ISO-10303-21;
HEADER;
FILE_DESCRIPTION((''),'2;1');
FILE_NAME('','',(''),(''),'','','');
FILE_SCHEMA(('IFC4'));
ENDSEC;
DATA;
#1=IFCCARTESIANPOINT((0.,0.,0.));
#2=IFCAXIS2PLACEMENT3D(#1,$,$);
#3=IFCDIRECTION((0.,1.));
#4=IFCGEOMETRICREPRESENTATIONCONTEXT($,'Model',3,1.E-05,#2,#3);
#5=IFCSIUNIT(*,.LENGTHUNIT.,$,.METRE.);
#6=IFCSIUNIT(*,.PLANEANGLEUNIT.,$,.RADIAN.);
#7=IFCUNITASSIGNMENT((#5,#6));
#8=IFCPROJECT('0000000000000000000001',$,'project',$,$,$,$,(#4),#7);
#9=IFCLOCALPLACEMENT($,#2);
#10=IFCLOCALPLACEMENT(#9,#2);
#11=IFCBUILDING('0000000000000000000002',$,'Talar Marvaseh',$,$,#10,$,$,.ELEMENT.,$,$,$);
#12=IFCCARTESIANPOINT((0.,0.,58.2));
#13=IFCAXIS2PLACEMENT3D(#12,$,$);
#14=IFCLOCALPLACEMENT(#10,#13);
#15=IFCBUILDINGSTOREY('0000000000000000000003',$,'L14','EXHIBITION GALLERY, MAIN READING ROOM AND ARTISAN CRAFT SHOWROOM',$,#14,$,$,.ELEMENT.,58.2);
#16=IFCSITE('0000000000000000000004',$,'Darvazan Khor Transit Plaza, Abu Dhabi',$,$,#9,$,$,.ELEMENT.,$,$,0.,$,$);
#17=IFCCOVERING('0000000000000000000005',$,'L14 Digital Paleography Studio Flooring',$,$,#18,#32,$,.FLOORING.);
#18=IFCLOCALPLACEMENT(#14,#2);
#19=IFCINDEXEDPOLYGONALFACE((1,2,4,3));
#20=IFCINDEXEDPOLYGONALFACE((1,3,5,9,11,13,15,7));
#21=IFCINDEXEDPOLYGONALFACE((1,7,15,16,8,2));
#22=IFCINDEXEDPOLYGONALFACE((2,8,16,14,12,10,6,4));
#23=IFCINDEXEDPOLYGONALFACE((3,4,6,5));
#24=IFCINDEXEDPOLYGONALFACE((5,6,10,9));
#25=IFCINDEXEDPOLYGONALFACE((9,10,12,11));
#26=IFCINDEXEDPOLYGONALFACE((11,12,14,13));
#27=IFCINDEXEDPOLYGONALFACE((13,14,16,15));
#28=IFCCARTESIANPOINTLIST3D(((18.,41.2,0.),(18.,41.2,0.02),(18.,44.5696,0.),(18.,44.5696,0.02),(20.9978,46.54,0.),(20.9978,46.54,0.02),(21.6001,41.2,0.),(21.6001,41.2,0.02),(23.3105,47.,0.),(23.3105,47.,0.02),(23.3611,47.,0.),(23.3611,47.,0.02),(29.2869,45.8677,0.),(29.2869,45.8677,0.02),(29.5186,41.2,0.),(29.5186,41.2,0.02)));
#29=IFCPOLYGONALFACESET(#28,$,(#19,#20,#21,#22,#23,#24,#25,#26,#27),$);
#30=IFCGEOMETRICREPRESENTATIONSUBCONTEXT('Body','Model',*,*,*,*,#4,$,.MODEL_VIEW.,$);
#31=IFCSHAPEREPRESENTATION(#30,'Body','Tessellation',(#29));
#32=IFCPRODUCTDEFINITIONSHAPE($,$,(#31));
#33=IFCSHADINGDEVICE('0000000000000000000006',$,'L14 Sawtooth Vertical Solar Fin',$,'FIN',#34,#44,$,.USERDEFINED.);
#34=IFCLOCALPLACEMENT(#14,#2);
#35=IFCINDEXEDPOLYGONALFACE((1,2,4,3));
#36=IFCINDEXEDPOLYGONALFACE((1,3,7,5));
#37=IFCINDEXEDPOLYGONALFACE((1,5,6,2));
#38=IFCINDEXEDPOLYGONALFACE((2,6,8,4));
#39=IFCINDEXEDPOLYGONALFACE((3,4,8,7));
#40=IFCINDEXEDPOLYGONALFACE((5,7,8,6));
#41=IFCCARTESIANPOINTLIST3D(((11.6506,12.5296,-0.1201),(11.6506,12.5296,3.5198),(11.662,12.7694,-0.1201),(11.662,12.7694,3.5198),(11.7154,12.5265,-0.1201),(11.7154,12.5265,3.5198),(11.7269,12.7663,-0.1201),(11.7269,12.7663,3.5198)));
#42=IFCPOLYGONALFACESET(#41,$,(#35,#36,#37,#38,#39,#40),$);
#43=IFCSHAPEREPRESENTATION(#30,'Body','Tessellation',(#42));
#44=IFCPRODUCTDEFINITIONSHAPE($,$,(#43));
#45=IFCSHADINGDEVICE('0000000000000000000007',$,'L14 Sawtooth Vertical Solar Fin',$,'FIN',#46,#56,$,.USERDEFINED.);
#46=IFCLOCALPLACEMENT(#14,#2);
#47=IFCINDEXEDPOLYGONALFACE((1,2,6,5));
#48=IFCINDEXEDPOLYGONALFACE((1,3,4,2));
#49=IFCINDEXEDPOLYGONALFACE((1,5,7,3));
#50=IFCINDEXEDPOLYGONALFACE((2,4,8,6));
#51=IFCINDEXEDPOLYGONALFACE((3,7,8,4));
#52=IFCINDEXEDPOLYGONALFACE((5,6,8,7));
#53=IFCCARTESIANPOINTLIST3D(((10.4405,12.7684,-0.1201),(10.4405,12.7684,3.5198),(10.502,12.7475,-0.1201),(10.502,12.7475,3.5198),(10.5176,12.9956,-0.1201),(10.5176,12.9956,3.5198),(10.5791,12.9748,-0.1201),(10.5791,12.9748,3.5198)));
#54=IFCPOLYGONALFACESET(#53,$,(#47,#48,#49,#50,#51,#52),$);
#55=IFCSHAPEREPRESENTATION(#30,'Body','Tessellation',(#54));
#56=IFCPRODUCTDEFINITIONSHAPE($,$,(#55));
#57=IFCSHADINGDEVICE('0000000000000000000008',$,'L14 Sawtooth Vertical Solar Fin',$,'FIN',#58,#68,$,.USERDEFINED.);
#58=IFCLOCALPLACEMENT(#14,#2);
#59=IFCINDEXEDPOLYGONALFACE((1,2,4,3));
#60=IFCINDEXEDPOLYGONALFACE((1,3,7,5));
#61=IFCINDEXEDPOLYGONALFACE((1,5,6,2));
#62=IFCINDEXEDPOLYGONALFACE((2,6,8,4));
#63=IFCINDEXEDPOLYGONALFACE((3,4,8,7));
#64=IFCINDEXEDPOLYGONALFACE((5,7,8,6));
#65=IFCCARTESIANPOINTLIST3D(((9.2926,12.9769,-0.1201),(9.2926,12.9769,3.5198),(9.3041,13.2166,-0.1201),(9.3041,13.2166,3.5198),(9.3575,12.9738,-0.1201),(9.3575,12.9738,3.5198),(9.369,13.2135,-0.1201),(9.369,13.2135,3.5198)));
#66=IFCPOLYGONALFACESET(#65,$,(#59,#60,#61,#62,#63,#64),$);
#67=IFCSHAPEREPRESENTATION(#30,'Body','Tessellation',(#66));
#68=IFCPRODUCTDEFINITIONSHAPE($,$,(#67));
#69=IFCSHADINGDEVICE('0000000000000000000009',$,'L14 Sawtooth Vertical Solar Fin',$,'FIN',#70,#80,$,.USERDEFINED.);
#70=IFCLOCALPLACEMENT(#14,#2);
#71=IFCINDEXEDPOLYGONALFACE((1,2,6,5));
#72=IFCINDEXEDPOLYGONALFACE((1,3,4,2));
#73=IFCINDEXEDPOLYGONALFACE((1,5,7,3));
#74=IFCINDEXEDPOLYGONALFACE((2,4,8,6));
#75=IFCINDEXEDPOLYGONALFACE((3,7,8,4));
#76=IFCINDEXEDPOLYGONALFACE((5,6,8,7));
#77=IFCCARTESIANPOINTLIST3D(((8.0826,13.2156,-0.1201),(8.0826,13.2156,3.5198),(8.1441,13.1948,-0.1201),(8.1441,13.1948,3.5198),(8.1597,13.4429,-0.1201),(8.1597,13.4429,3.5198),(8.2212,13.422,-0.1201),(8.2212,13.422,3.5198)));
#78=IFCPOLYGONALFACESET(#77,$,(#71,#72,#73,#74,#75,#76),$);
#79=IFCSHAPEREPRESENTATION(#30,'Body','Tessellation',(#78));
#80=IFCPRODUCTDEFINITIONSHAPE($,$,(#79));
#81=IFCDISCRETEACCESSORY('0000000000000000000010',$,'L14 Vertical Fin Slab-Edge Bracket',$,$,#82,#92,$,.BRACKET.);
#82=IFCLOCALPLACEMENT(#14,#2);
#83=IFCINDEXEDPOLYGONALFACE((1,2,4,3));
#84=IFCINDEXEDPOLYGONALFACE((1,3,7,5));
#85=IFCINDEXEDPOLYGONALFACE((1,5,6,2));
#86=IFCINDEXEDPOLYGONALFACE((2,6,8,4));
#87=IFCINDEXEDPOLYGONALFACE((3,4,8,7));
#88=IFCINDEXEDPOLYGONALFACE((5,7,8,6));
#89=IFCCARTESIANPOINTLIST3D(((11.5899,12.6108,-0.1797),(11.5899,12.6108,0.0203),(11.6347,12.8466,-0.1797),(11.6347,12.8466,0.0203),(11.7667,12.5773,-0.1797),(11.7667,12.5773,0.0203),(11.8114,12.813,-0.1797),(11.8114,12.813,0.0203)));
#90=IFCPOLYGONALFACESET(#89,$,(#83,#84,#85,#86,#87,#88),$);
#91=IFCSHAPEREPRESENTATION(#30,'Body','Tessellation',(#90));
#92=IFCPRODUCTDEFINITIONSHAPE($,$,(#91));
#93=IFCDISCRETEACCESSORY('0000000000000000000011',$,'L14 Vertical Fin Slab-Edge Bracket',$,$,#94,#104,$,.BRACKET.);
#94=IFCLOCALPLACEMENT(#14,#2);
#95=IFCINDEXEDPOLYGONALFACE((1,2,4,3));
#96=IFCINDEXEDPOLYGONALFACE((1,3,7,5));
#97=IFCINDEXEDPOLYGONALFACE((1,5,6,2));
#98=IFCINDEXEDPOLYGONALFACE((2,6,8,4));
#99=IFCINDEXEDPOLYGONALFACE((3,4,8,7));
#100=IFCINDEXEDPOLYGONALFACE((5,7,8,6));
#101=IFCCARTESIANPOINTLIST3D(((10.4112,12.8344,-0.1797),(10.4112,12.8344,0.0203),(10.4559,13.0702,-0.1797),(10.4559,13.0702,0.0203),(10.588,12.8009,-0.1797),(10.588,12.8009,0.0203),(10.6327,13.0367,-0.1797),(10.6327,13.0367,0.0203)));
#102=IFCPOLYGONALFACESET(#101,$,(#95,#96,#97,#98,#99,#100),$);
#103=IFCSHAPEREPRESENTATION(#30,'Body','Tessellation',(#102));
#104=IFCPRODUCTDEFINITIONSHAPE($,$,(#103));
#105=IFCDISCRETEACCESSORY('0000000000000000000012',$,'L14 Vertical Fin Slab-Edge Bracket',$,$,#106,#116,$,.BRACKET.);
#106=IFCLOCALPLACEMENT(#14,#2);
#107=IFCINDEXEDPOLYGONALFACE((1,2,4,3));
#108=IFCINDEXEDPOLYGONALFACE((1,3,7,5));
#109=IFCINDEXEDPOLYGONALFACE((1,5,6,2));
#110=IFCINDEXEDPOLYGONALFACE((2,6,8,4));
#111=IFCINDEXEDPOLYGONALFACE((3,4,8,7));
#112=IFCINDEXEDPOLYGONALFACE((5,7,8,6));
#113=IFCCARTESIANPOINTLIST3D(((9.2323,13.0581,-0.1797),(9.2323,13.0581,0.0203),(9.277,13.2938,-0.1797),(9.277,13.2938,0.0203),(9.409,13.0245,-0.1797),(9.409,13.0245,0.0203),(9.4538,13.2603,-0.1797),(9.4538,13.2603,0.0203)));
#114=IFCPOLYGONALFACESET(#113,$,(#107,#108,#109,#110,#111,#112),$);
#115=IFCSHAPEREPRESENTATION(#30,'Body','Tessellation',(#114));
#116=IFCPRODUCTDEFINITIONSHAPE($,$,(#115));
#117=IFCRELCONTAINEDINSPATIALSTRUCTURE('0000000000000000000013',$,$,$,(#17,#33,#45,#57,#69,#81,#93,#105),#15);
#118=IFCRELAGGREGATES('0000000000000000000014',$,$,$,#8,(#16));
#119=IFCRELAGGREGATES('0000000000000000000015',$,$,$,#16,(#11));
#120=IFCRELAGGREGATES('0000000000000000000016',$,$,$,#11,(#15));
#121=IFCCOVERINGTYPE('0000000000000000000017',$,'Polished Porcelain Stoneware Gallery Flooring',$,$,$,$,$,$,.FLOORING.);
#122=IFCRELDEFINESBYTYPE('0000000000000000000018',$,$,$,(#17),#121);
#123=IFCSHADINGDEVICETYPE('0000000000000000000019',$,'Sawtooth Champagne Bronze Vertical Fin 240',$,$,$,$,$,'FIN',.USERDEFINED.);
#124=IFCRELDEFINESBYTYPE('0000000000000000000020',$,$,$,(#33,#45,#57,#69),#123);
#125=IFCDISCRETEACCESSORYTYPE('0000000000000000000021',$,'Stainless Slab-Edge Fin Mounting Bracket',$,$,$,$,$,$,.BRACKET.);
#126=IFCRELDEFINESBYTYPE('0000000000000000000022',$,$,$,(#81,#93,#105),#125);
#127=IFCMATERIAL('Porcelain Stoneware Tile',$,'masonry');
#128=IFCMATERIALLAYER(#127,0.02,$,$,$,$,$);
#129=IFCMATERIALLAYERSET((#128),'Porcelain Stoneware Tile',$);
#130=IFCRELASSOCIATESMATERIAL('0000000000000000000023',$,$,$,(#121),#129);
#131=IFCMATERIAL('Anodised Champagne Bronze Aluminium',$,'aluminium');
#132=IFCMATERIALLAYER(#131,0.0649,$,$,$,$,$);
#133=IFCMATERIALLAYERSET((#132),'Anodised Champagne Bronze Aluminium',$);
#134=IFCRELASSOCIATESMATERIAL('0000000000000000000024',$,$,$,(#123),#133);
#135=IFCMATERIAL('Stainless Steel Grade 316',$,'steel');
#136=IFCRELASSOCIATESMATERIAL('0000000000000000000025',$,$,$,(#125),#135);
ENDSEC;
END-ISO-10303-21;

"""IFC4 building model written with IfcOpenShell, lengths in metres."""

from ifc_helpers import new_model, si_unit, direction, frame, origin, origin_2d, place, context, subcontext, project, spatial, polyline, rectangle, outline, extrude, source, transform, mapped, material, layer, layer_set, type_object, type_shapes, element, save


model = new_model("IFC4")

# Units and contexts
model_context = context("Model", 3, precision=1e-05, world=origin(), true_north=direction((0.0, 1.0)))
body_context = subcontext(model_context, "Body", "Model", "MODEL_VIEW")
ifc_project = project(units=[si_unit("LENGTHUNIT", "METRE"), si_unit("PLANEANGLEUNIT", "RADIAN")], contexts=[model_context])

# Site, building, storey
site_placement = place(None, origin())
site = spatial("IfcSite", under=ifc_project, at=site_placement, Name="Darvazan Khor Transit Plaza, Abu Dhabi", CompositionType="ELEMENT", RefElevation=0.0)
building_placement = place(site_placement, origin())
building = spatial("IfcBuilding", under=site, at=building_placement, Name="Talar Marvaseh", CompositionType="ELEMENT")
storey_placement = place(building_placement, frame((0.0, 0.0, 58.2)))
storey = spatial("IfcBuildingStorey", under=building, at=storey_placement, Name="L14", Description="EXHIBITION GALLERY, MAIN READING ROOM AND ARTISAN CRAFT SHOWROOM", CompositionType="ELEMENT", Elevation=58.2)

# Covering
ifc_material_1 = material(Name="Porcelain Stoneware Tile", Category="masonry")
ifc_layer_1 = layer(ifc_material_1, 0.02)
ifc_layer_set_1 = layer_set([ifc_layer_1], Name="Porcelain Stoneware Tile")
covering_type_1 = type_object("IfcCoveringType", Name="Polished Porcelain Stoneware Gallery Flooring", PredefinedType="FLOORING", material=ifc_layer_set_1)
covering_1_placement = place(storey_placement, origin())
element("IfcCovering", 1, at=covering_1_placement, inside=storey, type_object=covering_type_1, Name="L14 Digital Paleography Studio Flooring", PredefinedType="FLOORING", context=body_context, shape_type="SweptSolid", body=[
    extrude(outline(polyline([(23.3105, 47.0), (23.3611, 47.0), (29.2869, 45.8677), (29.5186, 41.2), (21.6001, 41.2), (18.0, 41.2), (18.0, 44.5696), (20.9978, 46.54), (23.3105, 47.0)])), origin(), (0.0, 0.0, 1.0), 0.02),
])

# Shading devices
ifc_material_2 = material(Name="Anodised Champagne Bronze Aluminium", Category="aluminium")
ifc_layer_2 = layer(ifc_material_2, 0.0649)
ifc_layer_set_2 = layer_set([ifc_layer_2], Name="Anodised Champagne Bronze Aluminium")
shading_device_type = type_object("IfcShadingDeviceType", Name="Sawtooth Champagne Bronze Vertical Fin 240", ElementType="FIN", PredefinedType="USERDEFINED", material=ifc_layer_set_2)
shared_shape_1 = source(origin(), body_context, "Body", "SweptSolid", [
    extrude(rectangle(XDim=0.24, YDim=0.0649, at=origin_2d()), origin(), (0.0, 0.0, 1.0), 3.6399),
])
type_shapes(shading_device_type, [shared_shape_1])
for number, where, z_axis, x_axis, name in (
    (2, (11.6887, 12.6479, -0.1201), (0.0, 0.0, 1.0), (-0.047804, -0.998857, 0.0), "L14 Sawtooth Vertical Solar Fin"),
    (3, (10.5098, 12.8716, -0.1201), (0.0, 0.0, 1.0), (-0.321274, -0.946986, 0.0), "L14 Sawtooth Vertical Solar Fin"),
    (4, (9.3308, 13.0952, -0.1201), (0.0, 0.0, 1.0), (-0.047804, -0.998857, 0.0), "L14 Sawtooth Vertical Solar Fin"),
    (5, (8.1519, 13.3188, -0.1201), (0.0, 0.0, 1.0), (-0.321274, -0.946986, 0.0), "L14 Sawtooth Vertical Solar Fin"),
):
    element("IfcShadingDevice", number, at=place(storey_placement, frame(where, z_axis=z_axis, x_axis=x_axis)), inside=storey, type_object=shading_device_type, Name=name, ObjectType="FIN", PredefinedType="USERDEFINED", context=body_context, shape_type="MappedRepresentation", body=[
        mapped(shared_shape_1, transform((0.0, 0.0, 0.0), x_axis=(1.0, 0.0, 0.0), y_axis=(0.0, 1.0, 0.0), z_axis=(0.0, 0.0, 1.0), scale=1.0)),
    ])

# Discrete accessories
ifc_material_3 = material(Name="Stainless Steel Grade 316", Category="steel")
discrete_accessory_type = type_object("IfcDiscreteAccessoryType", Name="Stainless Slab-Edge Fin Mounting Bracket", PredefinedType="BRACKET", material=ifc_material_3)
shared_shape_2 = source(origin(), body_context, "Body", "SweptSolid", [
    extrude(rectangle(XDim=0.24, YDim=0.1799, at=origin_2d()), origin(), (0.0, 0.0, 1.0), 0.2),
])
type_shapes(discrete_accessory_type, [shared_shape_2])
for number, where, z_axis, x_axis, name in (
    (6, (11.7007, 12.7119, -0.1797), (0.0, 0.0, 1.0), (-0.186353, -0.982483, 0.0), "L14 Vertical Fin Slab-Edge Bracket"),
    (7, (10.522, 12.9355, -0.1797), (0.0, 0.0, 1.0), (-0.186353, -0.982483, 0.0), "L14 Vertical Fin Slab-Edge Bracket"),
    (8, (9.343, 13.1592, -0.1797), (0.0, 0.0, 1.0), (-0.186353, -0.982483, 0.0), "L14 Vertical Fin Slab-Edge Bracket"),
):
    element("IfcDiscreteAccessory", number, at=place(storey_placement, frame(where, z_axis=z_axis, x_axis=x_axis)), inside=storey, type_object=discrete_accessory_type, Name=name, PredefinedType="BRACKET", context=body_context, shape_type="MappedRepresentation", body=[
        mapped(shared_shape_2, transform((0.0, 0.0, 0.0), x_axis=(1.0, 0.0, 0.0), y_axis=(0.0, 1.0, 0.0), z_axis=(0.0, 0.0, 1.0), scale=1.0)),
    ])

save(model, "model.ifc")
